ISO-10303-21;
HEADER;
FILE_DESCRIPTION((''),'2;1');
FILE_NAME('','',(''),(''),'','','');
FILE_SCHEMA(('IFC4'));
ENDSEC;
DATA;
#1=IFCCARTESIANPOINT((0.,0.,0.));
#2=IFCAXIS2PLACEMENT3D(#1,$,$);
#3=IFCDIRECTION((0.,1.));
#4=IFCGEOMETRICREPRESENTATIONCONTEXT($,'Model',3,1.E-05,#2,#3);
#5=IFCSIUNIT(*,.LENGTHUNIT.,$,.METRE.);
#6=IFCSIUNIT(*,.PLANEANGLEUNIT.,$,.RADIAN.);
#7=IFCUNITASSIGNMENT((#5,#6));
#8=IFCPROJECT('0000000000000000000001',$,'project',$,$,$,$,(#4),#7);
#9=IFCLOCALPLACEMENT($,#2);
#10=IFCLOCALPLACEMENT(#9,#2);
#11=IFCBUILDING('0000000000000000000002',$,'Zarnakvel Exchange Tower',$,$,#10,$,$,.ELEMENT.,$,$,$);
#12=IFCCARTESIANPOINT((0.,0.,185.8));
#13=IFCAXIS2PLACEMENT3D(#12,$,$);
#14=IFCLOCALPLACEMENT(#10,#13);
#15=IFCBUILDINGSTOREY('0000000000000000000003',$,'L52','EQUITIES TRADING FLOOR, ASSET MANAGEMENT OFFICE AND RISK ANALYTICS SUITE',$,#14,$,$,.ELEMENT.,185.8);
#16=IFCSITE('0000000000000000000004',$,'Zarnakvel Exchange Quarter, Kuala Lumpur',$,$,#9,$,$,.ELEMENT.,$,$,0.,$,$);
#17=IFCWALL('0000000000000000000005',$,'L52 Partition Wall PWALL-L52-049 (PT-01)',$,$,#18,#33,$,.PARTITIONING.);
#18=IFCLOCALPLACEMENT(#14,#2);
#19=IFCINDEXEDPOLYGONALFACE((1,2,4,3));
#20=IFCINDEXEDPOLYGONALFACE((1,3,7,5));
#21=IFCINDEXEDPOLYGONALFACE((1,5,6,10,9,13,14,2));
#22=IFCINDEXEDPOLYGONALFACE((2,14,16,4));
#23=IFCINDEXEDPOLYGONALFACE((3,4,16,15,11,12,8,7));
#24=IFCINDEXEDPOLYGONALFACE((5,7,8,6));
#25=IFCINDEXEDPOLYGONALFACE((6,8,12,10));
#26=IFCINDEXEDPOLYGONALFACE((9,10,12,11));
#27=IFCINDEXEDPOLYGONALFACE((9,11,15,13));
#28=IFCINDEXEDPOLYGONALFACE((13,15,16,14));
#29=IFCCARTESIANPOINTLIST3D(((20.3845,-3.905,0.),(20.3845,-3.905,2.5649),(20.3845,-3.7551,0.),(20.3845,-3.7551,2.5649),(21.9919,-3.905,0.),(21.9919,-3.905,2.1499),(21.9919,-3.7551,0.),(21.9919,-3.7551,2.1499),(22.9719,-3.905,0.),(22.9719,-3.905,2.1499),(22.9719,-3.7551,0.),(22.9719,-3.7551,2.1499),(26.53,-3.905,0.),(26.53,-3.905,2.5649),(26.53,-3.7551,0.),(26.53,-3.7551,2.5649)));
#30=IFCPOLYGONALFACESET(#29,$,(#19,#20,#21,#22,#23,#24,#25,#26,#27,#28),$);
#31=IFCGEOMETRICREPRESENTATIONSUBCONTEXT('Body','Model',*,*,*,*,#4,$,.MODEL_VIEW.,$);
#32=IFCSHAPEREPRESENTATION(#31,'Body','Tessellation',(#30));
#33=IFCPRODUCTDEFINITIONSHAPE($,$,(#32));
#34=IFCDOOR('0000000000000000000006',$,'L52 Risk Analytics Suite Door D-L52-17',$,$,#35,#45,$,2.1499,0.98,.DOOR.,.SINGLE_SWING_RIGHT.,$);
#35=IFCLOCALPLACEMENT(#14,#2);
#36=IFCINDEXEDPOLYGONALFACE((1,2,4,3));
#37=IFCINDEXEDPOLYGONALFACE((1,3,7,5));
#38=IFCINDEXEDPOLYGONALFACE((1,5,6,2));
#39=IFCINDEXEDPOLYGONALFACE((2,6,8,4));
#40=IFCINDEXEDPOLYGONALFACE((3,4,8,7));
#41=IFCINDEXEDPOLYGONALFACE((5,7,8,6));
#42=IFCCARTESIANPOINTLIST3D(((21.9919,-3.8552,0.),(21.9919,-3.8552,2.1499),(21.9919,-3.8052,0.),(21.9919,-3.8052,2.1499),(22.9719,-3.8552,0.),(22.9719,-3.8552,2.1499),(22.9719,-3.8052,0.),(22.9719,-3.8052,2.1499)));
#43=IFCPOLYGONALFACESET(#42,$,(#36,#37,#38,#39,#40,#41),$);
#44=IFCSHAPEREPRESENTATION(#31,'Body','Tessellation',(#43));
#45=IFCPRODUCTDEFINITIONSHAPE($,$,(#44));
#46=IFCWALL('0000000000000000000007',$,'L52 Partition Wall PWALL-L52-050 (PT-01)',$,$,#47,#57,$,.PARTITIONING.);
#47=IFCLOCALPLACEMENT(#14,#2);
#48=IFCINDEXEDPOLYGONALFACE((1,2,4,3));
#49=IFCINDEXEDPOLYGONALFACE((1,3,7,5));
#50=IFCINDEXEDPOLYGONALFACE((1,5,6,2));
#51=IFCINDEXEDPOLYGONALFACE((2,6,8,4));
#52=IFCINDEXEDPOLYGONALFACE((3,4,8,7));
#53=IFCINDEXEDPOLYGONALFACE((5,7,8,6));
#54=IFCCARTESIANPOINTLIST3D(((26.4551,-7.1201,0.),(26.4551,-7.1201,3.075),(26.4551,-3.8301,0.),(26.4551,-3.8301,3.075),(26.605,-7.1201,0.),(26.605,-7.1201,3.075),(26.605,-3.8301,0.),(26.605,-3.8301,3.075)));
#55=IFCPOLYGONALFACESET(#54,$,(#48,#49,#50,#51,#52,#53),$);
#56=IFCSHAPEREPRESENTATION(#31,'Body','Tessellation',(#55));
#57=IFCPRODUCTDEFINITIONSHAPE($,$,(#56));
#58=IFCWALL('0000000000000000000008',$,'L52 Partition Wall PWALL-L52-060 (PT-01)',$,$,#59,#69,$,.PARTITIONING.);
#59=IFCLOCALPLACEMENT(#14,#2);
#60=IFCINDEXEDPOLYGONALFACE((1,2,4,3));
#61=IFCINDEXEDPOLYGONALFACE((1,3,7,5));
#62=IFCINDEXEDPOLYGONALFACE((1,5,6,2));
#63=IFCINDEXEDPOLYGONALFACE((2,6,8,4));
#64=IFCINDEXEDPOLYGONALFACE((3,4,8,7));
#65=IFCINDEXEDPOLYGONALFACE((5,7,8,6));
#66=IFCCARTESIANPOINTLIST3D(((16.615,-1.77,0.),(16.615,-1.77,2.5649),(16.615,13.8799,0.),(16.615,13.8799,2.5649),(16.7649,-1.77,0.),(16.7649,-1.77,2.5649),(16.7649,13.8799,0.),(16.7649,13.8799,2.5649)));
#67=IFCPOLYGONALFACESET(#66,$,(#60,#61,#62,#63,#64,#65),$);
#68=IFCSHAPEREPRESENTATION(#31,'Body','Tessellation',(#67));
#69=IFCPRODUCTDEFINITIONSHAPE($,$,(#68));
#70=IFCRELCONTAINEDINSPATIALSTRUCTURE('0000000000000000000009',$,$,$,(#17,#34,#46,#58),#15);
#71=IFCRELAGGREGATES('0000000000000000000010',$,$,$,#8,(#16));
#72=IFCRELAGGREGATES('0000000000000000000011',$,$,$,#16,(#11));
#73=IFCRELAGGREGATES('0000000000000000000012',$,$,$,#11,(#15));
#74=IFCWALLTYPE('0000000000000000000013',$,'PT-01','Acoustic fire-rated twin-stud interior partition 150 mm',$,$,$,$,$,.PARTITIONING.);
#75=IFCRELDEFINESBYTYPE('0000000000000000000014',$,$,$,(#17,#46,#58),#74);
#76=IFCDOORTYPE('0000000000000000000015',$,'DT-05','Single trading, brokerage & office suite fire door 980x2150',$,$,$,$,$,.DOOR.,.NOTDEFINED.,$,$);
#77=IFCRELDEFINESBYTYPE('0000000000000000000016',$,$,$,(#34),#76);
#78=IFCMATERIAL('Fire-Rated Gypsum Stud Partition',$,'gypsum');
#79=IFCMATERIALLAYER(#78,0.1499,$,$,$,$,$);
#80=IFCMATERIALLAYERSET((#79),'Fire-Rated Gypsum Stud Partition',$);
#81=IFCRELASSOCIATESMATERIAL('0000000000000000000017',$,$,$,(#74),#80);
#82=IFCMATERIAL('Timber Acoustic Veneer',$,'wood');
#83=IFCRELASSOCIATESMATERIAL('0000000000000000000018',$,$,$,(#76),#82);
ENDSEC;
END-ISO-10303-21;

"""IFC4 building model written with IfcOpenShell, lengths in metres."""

from ifc_helpers import new_model, si_unit, direction, frame, frame_2d, origin, place, context, subcontext, project, spatial, rectangle, extrude, source, transform, mapped, material, layer, layer_set, type_object, element, fill, save


model = new_model("IFC4")

# Units and contexts
model_context = context("Model", 3, precision=1e-05, world=origin(), true_north=direction((0.0, 1.0)))
body_context = subcontext(model_context, "Body", "Model", "MODEL_VIEW")
ifc_project = project(units=[si_unit("LENGTHUNIT", "METRE"), si_unit("PLANEANGLEUNIT", "RADIAN")], contexts=[model_context])

# Site, building, storey
site_placement = place(None, origin())
site = spatial("IfcSite", under=ifc_project, at=site_placement, Name="Zarnakvel Exchange Quarter, Kuala Lumpur", CompositionType="ELEMENT", RefElevation=0.0)
building_placement = place(site_placement, origin())
building = spatial("IfcBuilding", under=site, at=building_placement, Name="Zarnakvel Exchange Tower", CompositionType="ELEMENT")
storey_placement = place(building_placement, frame((0.0, 0.0, 185.8)))
storey = spatial("IfcBuildingStorey", under=building, at=storey_placement, Name="L52", Description="EQUITIES TRADING FLOOR, ASSET MANAGEMENT OFFICE AND RISK ANALYTICS SUITE", CompositionType="ELEMENT", Elevation=185.8)

# Shared definitions
ifc_material_1 = material(Name="Fire-Rated Gypsum Stud Partition", Category="gypsum")
ifc_layer_1 = layer(ifc_material_1, 0.1499)
ifc_layer_set_1 = layer_set([ifc_layer_1], Name="Fire-Rated Gypsum Stud Partition")
wall_type_1 = type_object("IfcWallType", Name="PT-01", Description="Acoustic fire-rated twin-stud interior partition 150 mm", PredefinedType="PARTITIONING", material=ifc_layer_set_1)

# Shared definitions
ifc_material_2 = material(Name="Timber Acoustic Veneer", Category="wood")
door_type = type_object("IfcDoorType", Name="DT-05", Description="Single trading, brokerage & office suite fire door 980x2150", OperationType="NOTDEFINED", PredefinedType="DOOR", material=ifc_material_2)
shared_shape_1 = source(origin(), body_context, "Body", "SweptSolid", [
    extrude(rectangle(XDim=0.98, YDim=2.1499, at=frame_2d((0.49, 1.075))), frame((0.0, 0.0249, 0.0), z_axis=(0.0, -1.0, 0.0), x_axis=(1.0, 0.0, 0.0)), (0.0, 0.0, 1.0), 0.05),
])

# Wall, opening, door
wall_1_placement = place(storey_placement, frame((20.3845, -3.8301, 0.0), z_axis=(0.0, 0.0, 1.0), x_axis=(1.0, 0.0, 0.0)))
wall_1 = element("IfcWall", 1, at=wall_1_placement, inside=storey, type_object=wall_type_1, Name="L52 Partition Wall PWALL-L52-049 (PT-01)", PredefinedType="PARTITIONING", context=body_context, shape_type="SweptSolid", body=[
    extrude(rectangle(XDim=6.1455, YDim=0.1499, at=frame_2d((3.0728, 0.0))), origin(), (0.0, 0.0, 1.0), 2.5649),
])
opening_1_placement = place(wall_1_placement, frame((1.6074, 0.0, 0.0)))
opening_1 = element("IfcOpeningElement", 2, at=opening_1_placement, cuts=wall_1, PredefinedType="OPENING", context=body_context, shape_type="SweptSolid", body=[
    extrude(rectangle(XDim=0.98, YDim=2.1499, at=frame_2d((0.49, 1.075))), frame((0.0, 0.085, 0.0), z_axis=(0.0, -1.0, 0.0), x_axis=(1.0, 0.0, 0.0)), (0.0, 0.0, 1.0), 0.1699),
])
door_1_placement = place(opening_1_placement, origin())
door_1 = element("IfcDoor", 3, at=door_1_placement, inside=storey, type_object=door_type, Name="L52 Risk Analytics Suite Door D-L52-17", OperationType="SINGLE_SWING_RIGHT", OverallHeight=2.1499, OverallWidth=0.98, PredefinedType="DOOR", context=body_context, shape_type="MappedRepresentation", body=[
    mapped(shared_shape_1, transform((0.0, 0.0, 0.0), x_axis=(1.0, 0.0, 0.0), y_axis=(0.0, 1.0, 0.0), z_axis=(0.0, 0.0, 1.0), scale=1.0)),
])
fill(opening_1, door_1)

# Wall
wall_2_placement = place(storey_placement, frame((26.53, -3.8301, 0.0), z_axis=(0.0, 0.0, 1.0), x_axis=(0.0, -1.0, 0.0)))
element("IfcWall", 4, at=wall_2_placement, inside=storey, type_object=wall_type_1, Name="L52 Partition Wall PWALL-L52-050 (PT-01)", PredefinedType="PARTITIONING", context=body_context, shape_type="SweptSolid", body=[
    extrude(rectangle(XDim=3.29, YDim=0.1499, at=frame_2d((1.645, 0.0))), origin(), (0.0, 0.0, 1.0), 3.075),
])

# Wall
wall_3_placement = place(storey_placement, frame((16.6899, -1.77, 0.0), z_axis=(0.0, 0.0, 1.0), x_axis=(0.0, 1.0, 0.0)))
element("IfcWall", 5, at=wall_3_placement, inside=storey, type_object=wall_type_1, Name="L52 Partition Wall PWALL-L52-060 (PT-01)", PredefinedType="PARTITIONING", context=body_context, shape_type="SweptSolid", body=[
    extrude(rectangle(XDim=15.6499, YDim=0.1499, at=frame_2d((7.825, 0.0))), origin(), (0.0, 0.0, 1.0), 2.5649),
])

save(model, "model.ifc")
